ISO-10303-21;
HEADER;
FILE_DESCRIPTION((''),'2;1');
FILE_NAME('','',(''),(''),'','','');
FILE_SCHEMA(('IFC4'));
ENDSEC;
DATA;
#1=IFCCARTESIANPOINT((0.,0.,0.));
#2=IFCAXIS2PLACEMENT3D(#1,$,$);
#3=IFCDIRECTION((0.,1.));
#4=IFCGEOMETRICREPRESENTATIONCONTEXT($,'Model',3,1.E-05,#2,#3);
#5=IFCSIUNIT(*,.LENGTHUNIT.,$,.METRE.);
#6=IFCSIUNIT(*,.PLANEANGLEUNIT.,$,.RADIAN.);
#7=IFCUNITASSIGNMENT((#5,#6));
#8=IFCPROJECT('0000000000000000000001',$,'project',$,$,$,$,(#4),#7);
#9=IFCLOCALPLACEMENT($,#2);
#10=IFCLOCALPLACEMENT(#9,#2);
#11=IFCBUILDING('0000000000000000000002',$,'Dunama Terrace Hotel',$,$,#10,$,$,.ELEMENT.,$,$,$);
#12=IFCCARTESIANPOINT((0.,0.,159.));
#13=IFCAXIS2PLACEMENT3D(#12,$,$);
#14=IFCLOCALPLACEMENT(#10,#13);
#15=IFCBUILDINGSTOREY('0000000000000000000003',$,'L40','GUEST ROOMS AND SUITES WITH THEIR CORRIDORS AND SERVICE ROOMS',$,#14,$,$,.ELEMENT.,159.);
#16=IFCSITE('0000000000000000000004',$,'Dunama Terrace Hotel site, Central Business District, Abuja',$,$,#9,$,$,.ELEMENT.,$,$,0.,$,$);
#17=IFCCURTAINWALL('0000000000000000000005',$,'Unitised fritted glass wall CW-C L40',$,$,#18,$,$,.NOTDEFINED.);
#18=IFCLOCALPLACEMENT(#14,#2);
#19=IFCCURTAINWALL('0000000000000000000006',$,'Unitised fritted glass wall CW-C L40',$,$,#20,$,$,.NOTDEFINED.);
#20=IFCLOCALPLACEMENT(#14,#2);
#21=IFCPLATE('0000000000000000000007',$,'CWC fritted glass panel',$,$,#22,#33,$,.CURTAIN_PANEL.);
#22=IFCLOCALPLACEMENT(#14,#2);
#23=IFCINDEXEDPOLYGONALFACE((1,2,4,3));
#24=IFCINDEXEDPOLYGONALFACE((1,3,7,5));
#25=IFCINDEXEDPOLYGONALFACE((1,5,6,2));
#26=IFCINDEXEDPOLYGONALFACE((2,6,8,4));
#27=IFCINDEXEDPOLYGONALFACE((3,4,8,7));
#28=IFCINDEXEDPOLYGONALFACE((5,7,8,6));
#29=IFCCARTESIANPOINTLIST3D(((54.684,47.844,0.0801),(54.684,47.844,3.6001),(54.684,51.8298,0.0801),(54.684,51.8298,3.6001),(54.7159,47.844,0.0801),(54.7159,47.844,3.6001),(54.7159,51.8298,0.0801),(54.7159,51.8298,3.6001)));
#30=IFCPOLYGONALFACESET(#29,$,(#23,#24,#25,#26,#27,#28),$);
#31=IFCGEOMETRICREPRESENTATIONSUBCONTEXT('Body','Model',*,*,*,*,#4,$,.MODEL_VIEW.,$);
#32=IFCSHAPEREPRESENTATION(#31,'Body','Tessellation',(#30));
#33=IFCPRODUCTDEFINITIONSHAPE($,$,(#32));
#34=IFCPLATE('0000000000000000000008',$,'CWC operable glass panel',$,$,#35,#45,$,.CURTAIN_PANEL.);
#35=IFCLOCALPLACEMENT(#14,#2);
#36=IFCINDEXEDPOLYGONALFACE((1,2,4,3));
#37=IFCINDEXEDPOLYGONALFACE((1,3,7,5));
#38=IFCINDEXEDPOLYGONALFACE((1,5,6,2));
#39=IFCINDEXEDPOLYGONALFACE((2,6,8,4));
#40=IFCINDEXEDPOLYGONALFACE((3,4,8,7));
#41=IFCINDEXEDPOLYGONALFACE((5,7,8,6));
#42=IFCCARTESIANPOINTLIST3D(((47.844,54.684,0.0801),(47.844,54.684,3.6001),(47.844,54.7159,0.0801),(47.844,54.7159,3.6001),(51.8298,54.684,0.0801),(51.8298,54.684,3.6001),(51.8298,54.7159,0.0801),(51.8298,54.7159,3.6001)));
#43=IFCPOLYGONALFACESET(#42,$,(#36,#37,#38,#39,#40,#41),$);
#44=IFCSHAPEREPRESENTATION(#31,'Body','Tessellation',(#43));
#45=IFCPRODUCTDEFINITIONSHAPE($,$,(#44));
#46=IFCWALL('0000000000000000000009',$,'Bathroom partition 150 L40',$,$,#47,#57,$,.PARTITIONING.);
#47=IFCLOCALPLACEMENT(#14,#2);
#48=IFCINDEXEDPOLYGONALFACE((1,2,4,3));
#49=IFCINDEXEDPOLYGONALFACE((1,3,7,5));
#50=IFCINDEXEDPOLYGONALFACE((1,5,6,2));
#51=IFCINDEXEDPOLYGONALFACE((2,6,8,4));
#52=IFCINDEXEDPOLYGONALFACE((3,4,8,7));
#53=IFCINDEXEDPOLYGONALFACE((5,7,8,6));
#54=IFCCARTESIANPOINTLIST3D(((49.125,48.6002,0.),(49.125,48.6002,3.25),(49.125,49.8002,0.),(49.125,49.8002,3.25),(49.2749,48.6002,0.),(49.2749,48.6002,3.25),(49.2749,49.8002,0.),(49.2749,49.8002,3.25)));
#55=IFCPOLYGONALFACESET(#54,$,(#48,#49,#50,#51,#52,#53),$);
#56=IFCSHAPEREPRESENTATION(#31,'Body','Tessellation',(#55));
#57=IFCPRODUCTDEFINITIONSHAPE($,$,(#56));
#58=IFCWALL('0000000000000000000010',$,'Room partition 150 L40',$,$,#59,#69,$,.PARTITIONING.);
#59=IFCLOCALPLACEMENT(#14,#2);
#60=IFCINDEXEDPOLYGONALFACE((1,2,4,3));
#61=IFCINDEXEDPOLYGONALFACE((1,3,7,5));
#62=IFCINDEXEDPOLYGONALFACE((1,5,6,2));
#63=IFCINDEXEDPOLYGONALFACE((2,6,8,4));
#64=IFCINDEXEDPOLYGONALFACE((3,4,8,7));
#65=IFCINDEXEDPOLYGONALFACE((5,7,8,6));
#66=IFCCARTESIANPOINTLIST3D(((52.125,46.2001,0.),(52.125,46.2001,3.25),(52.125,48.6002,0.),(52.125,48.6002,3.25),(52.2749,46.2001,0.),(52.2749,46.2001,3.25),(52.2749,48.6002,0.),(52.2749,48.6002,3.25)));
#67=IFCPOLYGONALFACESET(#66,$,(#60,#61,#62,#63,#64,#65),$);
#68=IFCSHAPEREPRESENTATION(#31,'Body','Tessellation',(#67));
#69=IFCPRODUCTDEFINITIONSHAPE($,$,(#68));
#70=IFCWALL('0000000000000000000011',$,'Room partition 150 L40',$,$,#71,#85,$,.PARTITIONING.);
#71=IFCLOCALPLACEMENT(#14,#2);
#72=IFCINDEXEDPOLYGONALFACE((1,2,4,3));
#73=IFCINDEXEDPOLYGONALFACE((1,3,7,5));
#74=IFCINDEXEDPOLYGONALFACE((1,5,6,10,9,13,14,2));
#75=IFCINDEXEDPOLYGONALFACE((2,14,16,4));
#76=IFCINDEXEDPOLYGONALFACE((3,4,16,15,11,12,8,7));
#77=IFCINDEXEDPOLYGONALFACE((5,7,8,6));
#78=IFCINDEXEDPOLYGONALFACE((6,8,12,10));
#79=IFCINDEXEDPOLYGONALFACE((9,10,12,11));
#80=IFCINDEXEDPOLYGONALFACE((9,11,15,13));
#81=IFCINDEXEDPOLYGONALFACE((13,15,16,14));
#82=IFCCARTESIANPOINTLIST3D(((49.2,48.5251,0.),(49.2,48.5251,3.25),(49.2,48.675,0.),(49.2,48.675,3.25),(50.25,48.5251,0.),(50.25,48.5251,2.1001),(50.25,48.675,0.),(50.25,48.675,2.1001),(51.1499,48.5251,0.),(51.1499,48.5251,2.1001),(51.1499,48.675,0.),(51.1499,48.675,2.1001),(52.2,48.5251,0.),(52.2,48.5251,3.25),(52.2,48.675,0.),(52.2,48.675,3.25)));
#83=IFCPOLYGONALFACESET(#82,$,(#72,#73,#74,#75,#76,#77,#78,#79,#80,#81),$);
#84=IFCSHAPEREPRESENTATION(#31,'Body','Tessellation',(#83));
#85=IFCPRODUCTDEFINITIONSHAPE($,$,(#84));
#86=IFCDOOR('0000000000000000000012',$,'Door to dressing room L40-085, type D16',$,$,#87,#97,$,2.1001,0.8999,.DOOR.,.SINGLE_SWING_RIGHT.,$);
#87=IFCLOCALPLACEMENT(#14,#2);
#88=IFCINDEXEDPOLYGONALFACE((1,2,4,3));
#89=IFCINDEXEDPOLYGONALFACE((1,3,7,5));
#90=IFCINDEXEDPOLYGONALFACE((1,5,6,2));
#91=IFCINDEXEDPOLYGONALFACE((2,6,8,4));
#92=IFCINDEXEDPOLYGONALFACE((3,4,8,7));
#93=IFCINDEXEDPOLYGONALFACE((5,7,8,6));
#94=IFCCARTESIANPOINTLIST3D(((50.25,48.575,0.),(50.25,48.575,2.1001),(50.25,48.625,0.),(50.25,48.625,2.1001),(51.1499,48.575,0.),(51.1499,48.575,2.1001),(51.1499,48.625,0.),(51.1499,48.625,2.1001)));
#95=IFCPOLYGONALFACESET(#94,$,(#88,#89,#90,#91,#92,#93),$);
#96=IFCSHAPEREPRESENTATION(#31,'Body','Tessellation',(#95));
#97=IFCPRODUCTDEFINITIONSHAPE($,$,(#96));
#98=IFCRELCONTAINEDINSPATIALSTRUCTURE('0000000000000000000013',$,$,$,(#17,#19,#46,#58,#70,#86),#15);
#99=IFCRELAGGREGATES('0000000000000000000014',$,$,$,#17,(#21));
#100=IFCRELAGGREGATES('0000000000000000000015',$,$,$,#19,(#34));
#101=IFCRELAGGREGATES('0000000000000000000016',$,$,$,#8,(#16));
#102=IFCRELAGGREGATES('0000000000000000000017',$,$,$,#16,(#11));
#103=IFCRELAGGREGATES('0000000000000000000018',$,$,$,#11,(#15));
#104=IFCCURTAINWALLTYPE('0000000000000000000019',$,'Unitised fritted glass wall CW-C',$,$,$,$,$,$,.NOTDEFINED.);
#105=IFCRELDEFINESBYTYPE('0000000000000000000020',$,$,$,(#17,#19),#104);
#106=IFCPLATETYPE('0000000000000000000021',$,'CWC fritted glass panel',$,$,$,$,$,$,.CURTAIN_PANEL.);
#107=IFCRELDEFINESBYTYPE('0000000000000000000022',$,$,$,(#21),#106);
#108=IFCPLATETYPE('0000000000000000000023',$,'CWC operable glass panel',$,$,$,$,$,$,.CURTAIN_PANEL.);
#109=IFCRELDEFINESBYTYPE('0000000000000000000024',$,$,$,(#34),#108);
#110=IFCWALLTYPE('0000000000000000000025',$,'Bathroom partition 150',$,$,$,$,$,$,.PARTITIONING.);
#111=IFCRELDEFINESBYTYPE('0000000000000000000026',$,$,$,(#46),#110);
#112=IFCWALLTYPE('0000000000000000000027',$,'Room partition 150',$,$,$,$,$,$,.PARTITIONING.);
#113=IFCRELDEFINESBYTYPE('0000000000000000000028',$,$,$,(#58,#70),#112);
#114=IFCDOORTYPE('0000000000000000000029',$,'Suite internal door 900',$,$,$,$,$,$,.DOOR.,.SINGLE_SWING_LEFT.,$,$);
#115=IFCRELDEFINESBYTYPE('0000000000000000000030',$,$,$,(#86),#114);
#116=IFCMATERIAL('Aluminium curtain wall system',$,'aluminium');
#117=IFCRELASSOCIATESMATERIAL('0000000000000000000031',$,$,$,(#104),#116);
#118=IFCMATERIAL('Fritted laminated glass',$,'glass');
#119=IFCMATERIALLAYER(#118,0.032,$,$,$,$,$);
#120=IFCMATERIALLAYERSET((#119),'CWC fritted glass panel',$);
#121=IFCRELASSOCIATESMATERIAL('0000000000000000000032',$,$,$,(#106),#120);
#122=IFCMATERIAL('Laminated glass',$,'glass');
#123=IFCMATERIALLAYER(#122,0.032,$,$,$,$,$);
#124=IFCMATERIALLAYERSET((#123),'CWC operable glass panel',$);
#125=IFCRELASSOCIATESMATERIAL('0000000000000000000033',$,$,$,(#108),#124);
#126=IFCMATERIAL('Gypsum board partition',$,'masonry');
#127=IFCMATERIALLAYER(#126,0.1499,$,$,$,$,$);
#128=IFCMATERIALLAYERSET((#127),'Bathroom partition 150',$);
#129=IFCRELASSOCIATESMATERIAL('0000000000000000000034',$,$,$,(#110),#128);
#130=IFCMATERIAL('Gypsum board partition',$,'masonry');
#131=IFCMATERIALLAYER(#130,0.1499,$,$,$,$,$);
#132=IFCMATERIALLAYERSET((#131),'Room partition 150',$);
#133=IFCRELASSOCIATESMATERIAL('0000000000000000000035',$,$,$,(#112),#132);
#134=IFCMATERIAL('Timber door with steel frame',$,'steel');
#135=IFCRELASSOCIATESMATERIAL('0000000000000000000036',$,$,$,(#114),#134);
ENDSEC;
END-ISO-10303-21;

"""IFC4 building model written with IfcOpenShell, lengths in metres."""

from ifc_helpers import new_model, si_unit, direction, frame, frame_2d, origin, origin_2d, place, context, subcontext, project, spatial, rectangle, extrude, material, layer, layer_set, type_object, element, fill, aggregate, save


model = new_model("IFC4")

# Units and contexts
model_context = context("Model", 3, precision=1e-05, world=origin(), true_north=direction((0.0, 1.0)))
body_context = subcontext(model_context, "Body", "Model", "MODEL_VIEW")
ifc_project = project(units=[si_unit("LENGTHUNIT", "METRE"), si_unit("PLANEANGLEUNIT", "RADIAN")], contexts=[model_context])

# Site, building, storey
site_placement = place(None, origin())
site = spatial("IfcSite", under=ifc_project, at=site_placement, Name="Dunama Terrace Hotel site, Central Business District, Abuja", CompositionType="ELEMENT", RefElevation=0.0)
building_placement = place(site_placement, origin())
building = spatial("IfcBuilding", under=site, at=building_placement, Name="Dunama Terrace Hotel", CompositionType="ELEMENT")
storey_placement = place(building_placement, frame((0.0, 0.0, 159.0)))
storey = spatial("IfcBuildingStorey", under=building, at=storey_placement, Name="L40", Description="GUEST ROOMS AND SUITES WITH THEIR CORRIDORS AND SERVICE ROOMS", CompositionType="ELEMENT", Elevation=159.0)

# Curtain walls
ifc_material_1 = material(Name="Aluminium curtain wall system", Category="aluminium")
curtain_wall_type = type_object("IfcCurtainWallType", Name="Unitised fritted glass wall CW-C", PredefinedType="NOTDEFINED", material=ifc_material_1)
curtain_wall_1_placement = place(storey_placement, origin())
curtain_wall_1 = element("IfcCurtainWall", 1, at=curtain_wall_1_placement, inside=storey, type_object=curtain_wall_type, Name="Unitised fritted glass wall CW-C L40", PredefinedType="NOTDEFINED")
curtain_wall_2_placement = place(storey_placement, origin())
curtain_wall_2 = element("IfcCurtainWall", 2, at=curtain_wall_2_placement, inside=storey, type_object=curtain_wall_type, Name="Unitised fritted glass wall CW-C L40", PredefinedType="NOTDEFINED")

# Plates
ifc_material_2 = material(Name="Fritted laminated glass", Category="glass")
ifc_layer_1 = layer(ifc_material_2, 0.032)
ifc_layer_set_1 = layer_set([ifc_layer_1], Name="CWC fritted glass panel")
plate_type_1 = type_object("IfcPlateType", Name="CWC fritted glass panel", PredefinedType="CURTAIN_PANEL", material=ifc_layer_set_1)
plate_1_placement = place(storey_placement, frame((54.7, 49.8369, 0.0801), z_axis=(0.0, 0.0, 1.0), x_axis=(0.0, 1.0, 0.0)))
plate_1 = element("IfcPlate", 3, at=plate_1_placement, type_object=plate_type_1, Name="CWC fritted glass panel", PredefinedType="CURTAIN_PANEL", context=body_context, shape_type="SweptSolid", body=[
    extrude(rectangle(XDim=3.9858, YDim=0.032, at=origin_2d()), origin(), (0.0, 0.0, 1.0), 3.52),
])
aggregate(curtain_wall_1, [plate_1])
ifc_material_3 = material(Name="Laminated glass", Category="glass")
ifc_layer_2 = layer(ifc_material_3, 0.032)
ifc_layer_set_2 = layer_set([ifc_layer_2], Name="CWC operable glass panel")
plate_type_2 = type_object("IfcPlateType", Name="CWC operable glass panel", PredefinedType="CURTAIN_PANEL", material=ifc_layer_set_2)
plate_2_placement = place(storey_placement, frame((49.8369, 54.7, 0.0801), z_axis=(0.0, 0.0, 1.0), x_axis=(-1.0, 0.0, 0.0)))
plate_2 = element("IfcPlate", 4, at=plate_2_placement, type_object=plate_type_2, Name="CWC operable glass panel", PredefinedType="CURTAIN_PANEL", context=body_context, shape_type="SweptSolid", body=[
    extrude(rectangle(XDim=3.9858, YDim=0.032, at=origin_2d()), origin(), (0.0, 0.0, 1.0), 3.52),
])
aggregate(curtain_wall_2, [plate_2])

# Walls
ifc_material_4 = material(Name="Gypsum board partition", Category="masonry")
ifc_layer_3 = layer(ifc_material_4, 0.1499)
ifc_layer_set_3 = layer_set([ifc_layer_3], Name="Bathroom partition 150")
wall_type_1 = type_object("IfcWallType", Name="Bathroom partition 150", PredefinedType="PARTITIONING", material=ifc_layer_set_3)
wall_1_placement = place(storey_placement, frame((49.2, 48.6001, 0.0), z_axis=(0.0, 0.0, 1.0), x_axis=(0.0, 1.0, 0.0)))
element("IfcWall", 5, at=wall_1_placement, inside=storey, type_object=wall_type_1, Name="Bathroom partition 150 L40", PredefinedType="PARTITIONING", context=body_context, shape_type="SweptSolid", body=[
    extrude(rectangle(XDim=1.2, YDim=0.1499, at=frame_2d((0.6001, 0.0))), origin(), (0.0, 0.0, 1.0), 3.25),
])
ifc_material_5 = material(Name="Gypsum board partition", Category="masonry")
ifc_layer_4 = layer(ifc_material_5, 0.1499)
ifc_layer_set_4 = layer_set([ifc_layer_4], Name="Room partition 150")
wall_type_2 = type_object("IfcWallType", Name="Room partition 150", PredefinedType="PARTITIONING", material=ifc_layer_set_4)
wall_2_placement = place(storey_placement, frame((52.2, 46.2, 0.0), z_axis=(0.0, 0.0, 1.0), x_axis=(0.0, 1.0, 0.0)))
element("IfcWall", 6, at=wall_2_placement, inside=storey, type_object=wall_type_2, Name="Room partition 150 L40", PredefinedType="PARTITIONING", context=body_context, shape_type="SweptSolid", body=[
    extrude(rectangle(XDim=2.4001, YDim=0.1499, at=frame_2d((1.2002, 0.0))), origin(), (0.0, 0.0, 1.0), 3.25),
])

# Wall, opening, door
wall_3_placement = place(storey_placement, frame((49.2, 48.6001, 0.0), z_axis=(0.0, 0.0, 1.0), x_axis=(1.0, 0.0, 0.0)))
wall_3 = element("IfcWall", 7, at=wall_3_placement, inside=storey, type_object=wall_type_2, Name="Room partition 150 L40", PredefinedType="PARTITIONING", context=body_context, shape_type="SweptSolid", body=[
    extrude(rectangle(XDim=3.0, YDim=0.1499, at=frame_2d((1.5, 0.0))), origin(), (0.0, 0.0, 1.0), 3.25),
])
opening_placement = place(wall_3_placement, frame((1.05, 0.0, 0.0)))
opening = element("IfcOpeningElement", 8, at=opening_placement, cuts=wall_3, PredefinedType="OPENING", context=body_context, shape_type="SweptSolid", body=[
    extrude(rectangle(XDim=0.8999, YDim=2.1001, at=frame_2d((0.45, 1.05))), frame((0.0, 0.085, 0.0), z_axis=(0.0, -1.0, 0.0), x_axis=(1.0, 0.0, 0.0)), (0.0, 0.0, 1.0), 0.1699),
])
ifc_material_6 = material(Name="Timber door with steel frame", Category="steel")
door_type = type_object("IfcDoorType", Name="Suite internal door 900", OperationType="SINGLE_SWING_LEFT", PredefinedType="DOOR", material=ifc_material_6)
door_placement = place(opening_placement, frame((0.8999, 0.0, 0.0), z_axis=(0.0, 0.0, 1.0), x_axis=(-1.0, 0.0, 0.0)))
door = element("IfcDoor", 9, at=door_placement, inside=storey, type_object=door_type, Name="Door to dressing room L40-085, type D16", OperationType="SINGLE_SWING_RIGHT", OverallHeight=2.1001, OverallWidth=0.8999, PredefinedType="DOOR", context=body_context, shape_type="SweptSolid", body=[
    extrude(rectangle(XDim=0.8999, YDim=2.1001, at=frame_2d((0.45, 1.05))), frame((0.0, 0.0251, 0.0), z_axis=(0.0, -1.0, 0.0), x_axis=(1.0, 0.0, 0.0)), (0.0, 0.0, 1.0), 0.05),
])
fill(opening, door)

save(model, "model.ifc")
